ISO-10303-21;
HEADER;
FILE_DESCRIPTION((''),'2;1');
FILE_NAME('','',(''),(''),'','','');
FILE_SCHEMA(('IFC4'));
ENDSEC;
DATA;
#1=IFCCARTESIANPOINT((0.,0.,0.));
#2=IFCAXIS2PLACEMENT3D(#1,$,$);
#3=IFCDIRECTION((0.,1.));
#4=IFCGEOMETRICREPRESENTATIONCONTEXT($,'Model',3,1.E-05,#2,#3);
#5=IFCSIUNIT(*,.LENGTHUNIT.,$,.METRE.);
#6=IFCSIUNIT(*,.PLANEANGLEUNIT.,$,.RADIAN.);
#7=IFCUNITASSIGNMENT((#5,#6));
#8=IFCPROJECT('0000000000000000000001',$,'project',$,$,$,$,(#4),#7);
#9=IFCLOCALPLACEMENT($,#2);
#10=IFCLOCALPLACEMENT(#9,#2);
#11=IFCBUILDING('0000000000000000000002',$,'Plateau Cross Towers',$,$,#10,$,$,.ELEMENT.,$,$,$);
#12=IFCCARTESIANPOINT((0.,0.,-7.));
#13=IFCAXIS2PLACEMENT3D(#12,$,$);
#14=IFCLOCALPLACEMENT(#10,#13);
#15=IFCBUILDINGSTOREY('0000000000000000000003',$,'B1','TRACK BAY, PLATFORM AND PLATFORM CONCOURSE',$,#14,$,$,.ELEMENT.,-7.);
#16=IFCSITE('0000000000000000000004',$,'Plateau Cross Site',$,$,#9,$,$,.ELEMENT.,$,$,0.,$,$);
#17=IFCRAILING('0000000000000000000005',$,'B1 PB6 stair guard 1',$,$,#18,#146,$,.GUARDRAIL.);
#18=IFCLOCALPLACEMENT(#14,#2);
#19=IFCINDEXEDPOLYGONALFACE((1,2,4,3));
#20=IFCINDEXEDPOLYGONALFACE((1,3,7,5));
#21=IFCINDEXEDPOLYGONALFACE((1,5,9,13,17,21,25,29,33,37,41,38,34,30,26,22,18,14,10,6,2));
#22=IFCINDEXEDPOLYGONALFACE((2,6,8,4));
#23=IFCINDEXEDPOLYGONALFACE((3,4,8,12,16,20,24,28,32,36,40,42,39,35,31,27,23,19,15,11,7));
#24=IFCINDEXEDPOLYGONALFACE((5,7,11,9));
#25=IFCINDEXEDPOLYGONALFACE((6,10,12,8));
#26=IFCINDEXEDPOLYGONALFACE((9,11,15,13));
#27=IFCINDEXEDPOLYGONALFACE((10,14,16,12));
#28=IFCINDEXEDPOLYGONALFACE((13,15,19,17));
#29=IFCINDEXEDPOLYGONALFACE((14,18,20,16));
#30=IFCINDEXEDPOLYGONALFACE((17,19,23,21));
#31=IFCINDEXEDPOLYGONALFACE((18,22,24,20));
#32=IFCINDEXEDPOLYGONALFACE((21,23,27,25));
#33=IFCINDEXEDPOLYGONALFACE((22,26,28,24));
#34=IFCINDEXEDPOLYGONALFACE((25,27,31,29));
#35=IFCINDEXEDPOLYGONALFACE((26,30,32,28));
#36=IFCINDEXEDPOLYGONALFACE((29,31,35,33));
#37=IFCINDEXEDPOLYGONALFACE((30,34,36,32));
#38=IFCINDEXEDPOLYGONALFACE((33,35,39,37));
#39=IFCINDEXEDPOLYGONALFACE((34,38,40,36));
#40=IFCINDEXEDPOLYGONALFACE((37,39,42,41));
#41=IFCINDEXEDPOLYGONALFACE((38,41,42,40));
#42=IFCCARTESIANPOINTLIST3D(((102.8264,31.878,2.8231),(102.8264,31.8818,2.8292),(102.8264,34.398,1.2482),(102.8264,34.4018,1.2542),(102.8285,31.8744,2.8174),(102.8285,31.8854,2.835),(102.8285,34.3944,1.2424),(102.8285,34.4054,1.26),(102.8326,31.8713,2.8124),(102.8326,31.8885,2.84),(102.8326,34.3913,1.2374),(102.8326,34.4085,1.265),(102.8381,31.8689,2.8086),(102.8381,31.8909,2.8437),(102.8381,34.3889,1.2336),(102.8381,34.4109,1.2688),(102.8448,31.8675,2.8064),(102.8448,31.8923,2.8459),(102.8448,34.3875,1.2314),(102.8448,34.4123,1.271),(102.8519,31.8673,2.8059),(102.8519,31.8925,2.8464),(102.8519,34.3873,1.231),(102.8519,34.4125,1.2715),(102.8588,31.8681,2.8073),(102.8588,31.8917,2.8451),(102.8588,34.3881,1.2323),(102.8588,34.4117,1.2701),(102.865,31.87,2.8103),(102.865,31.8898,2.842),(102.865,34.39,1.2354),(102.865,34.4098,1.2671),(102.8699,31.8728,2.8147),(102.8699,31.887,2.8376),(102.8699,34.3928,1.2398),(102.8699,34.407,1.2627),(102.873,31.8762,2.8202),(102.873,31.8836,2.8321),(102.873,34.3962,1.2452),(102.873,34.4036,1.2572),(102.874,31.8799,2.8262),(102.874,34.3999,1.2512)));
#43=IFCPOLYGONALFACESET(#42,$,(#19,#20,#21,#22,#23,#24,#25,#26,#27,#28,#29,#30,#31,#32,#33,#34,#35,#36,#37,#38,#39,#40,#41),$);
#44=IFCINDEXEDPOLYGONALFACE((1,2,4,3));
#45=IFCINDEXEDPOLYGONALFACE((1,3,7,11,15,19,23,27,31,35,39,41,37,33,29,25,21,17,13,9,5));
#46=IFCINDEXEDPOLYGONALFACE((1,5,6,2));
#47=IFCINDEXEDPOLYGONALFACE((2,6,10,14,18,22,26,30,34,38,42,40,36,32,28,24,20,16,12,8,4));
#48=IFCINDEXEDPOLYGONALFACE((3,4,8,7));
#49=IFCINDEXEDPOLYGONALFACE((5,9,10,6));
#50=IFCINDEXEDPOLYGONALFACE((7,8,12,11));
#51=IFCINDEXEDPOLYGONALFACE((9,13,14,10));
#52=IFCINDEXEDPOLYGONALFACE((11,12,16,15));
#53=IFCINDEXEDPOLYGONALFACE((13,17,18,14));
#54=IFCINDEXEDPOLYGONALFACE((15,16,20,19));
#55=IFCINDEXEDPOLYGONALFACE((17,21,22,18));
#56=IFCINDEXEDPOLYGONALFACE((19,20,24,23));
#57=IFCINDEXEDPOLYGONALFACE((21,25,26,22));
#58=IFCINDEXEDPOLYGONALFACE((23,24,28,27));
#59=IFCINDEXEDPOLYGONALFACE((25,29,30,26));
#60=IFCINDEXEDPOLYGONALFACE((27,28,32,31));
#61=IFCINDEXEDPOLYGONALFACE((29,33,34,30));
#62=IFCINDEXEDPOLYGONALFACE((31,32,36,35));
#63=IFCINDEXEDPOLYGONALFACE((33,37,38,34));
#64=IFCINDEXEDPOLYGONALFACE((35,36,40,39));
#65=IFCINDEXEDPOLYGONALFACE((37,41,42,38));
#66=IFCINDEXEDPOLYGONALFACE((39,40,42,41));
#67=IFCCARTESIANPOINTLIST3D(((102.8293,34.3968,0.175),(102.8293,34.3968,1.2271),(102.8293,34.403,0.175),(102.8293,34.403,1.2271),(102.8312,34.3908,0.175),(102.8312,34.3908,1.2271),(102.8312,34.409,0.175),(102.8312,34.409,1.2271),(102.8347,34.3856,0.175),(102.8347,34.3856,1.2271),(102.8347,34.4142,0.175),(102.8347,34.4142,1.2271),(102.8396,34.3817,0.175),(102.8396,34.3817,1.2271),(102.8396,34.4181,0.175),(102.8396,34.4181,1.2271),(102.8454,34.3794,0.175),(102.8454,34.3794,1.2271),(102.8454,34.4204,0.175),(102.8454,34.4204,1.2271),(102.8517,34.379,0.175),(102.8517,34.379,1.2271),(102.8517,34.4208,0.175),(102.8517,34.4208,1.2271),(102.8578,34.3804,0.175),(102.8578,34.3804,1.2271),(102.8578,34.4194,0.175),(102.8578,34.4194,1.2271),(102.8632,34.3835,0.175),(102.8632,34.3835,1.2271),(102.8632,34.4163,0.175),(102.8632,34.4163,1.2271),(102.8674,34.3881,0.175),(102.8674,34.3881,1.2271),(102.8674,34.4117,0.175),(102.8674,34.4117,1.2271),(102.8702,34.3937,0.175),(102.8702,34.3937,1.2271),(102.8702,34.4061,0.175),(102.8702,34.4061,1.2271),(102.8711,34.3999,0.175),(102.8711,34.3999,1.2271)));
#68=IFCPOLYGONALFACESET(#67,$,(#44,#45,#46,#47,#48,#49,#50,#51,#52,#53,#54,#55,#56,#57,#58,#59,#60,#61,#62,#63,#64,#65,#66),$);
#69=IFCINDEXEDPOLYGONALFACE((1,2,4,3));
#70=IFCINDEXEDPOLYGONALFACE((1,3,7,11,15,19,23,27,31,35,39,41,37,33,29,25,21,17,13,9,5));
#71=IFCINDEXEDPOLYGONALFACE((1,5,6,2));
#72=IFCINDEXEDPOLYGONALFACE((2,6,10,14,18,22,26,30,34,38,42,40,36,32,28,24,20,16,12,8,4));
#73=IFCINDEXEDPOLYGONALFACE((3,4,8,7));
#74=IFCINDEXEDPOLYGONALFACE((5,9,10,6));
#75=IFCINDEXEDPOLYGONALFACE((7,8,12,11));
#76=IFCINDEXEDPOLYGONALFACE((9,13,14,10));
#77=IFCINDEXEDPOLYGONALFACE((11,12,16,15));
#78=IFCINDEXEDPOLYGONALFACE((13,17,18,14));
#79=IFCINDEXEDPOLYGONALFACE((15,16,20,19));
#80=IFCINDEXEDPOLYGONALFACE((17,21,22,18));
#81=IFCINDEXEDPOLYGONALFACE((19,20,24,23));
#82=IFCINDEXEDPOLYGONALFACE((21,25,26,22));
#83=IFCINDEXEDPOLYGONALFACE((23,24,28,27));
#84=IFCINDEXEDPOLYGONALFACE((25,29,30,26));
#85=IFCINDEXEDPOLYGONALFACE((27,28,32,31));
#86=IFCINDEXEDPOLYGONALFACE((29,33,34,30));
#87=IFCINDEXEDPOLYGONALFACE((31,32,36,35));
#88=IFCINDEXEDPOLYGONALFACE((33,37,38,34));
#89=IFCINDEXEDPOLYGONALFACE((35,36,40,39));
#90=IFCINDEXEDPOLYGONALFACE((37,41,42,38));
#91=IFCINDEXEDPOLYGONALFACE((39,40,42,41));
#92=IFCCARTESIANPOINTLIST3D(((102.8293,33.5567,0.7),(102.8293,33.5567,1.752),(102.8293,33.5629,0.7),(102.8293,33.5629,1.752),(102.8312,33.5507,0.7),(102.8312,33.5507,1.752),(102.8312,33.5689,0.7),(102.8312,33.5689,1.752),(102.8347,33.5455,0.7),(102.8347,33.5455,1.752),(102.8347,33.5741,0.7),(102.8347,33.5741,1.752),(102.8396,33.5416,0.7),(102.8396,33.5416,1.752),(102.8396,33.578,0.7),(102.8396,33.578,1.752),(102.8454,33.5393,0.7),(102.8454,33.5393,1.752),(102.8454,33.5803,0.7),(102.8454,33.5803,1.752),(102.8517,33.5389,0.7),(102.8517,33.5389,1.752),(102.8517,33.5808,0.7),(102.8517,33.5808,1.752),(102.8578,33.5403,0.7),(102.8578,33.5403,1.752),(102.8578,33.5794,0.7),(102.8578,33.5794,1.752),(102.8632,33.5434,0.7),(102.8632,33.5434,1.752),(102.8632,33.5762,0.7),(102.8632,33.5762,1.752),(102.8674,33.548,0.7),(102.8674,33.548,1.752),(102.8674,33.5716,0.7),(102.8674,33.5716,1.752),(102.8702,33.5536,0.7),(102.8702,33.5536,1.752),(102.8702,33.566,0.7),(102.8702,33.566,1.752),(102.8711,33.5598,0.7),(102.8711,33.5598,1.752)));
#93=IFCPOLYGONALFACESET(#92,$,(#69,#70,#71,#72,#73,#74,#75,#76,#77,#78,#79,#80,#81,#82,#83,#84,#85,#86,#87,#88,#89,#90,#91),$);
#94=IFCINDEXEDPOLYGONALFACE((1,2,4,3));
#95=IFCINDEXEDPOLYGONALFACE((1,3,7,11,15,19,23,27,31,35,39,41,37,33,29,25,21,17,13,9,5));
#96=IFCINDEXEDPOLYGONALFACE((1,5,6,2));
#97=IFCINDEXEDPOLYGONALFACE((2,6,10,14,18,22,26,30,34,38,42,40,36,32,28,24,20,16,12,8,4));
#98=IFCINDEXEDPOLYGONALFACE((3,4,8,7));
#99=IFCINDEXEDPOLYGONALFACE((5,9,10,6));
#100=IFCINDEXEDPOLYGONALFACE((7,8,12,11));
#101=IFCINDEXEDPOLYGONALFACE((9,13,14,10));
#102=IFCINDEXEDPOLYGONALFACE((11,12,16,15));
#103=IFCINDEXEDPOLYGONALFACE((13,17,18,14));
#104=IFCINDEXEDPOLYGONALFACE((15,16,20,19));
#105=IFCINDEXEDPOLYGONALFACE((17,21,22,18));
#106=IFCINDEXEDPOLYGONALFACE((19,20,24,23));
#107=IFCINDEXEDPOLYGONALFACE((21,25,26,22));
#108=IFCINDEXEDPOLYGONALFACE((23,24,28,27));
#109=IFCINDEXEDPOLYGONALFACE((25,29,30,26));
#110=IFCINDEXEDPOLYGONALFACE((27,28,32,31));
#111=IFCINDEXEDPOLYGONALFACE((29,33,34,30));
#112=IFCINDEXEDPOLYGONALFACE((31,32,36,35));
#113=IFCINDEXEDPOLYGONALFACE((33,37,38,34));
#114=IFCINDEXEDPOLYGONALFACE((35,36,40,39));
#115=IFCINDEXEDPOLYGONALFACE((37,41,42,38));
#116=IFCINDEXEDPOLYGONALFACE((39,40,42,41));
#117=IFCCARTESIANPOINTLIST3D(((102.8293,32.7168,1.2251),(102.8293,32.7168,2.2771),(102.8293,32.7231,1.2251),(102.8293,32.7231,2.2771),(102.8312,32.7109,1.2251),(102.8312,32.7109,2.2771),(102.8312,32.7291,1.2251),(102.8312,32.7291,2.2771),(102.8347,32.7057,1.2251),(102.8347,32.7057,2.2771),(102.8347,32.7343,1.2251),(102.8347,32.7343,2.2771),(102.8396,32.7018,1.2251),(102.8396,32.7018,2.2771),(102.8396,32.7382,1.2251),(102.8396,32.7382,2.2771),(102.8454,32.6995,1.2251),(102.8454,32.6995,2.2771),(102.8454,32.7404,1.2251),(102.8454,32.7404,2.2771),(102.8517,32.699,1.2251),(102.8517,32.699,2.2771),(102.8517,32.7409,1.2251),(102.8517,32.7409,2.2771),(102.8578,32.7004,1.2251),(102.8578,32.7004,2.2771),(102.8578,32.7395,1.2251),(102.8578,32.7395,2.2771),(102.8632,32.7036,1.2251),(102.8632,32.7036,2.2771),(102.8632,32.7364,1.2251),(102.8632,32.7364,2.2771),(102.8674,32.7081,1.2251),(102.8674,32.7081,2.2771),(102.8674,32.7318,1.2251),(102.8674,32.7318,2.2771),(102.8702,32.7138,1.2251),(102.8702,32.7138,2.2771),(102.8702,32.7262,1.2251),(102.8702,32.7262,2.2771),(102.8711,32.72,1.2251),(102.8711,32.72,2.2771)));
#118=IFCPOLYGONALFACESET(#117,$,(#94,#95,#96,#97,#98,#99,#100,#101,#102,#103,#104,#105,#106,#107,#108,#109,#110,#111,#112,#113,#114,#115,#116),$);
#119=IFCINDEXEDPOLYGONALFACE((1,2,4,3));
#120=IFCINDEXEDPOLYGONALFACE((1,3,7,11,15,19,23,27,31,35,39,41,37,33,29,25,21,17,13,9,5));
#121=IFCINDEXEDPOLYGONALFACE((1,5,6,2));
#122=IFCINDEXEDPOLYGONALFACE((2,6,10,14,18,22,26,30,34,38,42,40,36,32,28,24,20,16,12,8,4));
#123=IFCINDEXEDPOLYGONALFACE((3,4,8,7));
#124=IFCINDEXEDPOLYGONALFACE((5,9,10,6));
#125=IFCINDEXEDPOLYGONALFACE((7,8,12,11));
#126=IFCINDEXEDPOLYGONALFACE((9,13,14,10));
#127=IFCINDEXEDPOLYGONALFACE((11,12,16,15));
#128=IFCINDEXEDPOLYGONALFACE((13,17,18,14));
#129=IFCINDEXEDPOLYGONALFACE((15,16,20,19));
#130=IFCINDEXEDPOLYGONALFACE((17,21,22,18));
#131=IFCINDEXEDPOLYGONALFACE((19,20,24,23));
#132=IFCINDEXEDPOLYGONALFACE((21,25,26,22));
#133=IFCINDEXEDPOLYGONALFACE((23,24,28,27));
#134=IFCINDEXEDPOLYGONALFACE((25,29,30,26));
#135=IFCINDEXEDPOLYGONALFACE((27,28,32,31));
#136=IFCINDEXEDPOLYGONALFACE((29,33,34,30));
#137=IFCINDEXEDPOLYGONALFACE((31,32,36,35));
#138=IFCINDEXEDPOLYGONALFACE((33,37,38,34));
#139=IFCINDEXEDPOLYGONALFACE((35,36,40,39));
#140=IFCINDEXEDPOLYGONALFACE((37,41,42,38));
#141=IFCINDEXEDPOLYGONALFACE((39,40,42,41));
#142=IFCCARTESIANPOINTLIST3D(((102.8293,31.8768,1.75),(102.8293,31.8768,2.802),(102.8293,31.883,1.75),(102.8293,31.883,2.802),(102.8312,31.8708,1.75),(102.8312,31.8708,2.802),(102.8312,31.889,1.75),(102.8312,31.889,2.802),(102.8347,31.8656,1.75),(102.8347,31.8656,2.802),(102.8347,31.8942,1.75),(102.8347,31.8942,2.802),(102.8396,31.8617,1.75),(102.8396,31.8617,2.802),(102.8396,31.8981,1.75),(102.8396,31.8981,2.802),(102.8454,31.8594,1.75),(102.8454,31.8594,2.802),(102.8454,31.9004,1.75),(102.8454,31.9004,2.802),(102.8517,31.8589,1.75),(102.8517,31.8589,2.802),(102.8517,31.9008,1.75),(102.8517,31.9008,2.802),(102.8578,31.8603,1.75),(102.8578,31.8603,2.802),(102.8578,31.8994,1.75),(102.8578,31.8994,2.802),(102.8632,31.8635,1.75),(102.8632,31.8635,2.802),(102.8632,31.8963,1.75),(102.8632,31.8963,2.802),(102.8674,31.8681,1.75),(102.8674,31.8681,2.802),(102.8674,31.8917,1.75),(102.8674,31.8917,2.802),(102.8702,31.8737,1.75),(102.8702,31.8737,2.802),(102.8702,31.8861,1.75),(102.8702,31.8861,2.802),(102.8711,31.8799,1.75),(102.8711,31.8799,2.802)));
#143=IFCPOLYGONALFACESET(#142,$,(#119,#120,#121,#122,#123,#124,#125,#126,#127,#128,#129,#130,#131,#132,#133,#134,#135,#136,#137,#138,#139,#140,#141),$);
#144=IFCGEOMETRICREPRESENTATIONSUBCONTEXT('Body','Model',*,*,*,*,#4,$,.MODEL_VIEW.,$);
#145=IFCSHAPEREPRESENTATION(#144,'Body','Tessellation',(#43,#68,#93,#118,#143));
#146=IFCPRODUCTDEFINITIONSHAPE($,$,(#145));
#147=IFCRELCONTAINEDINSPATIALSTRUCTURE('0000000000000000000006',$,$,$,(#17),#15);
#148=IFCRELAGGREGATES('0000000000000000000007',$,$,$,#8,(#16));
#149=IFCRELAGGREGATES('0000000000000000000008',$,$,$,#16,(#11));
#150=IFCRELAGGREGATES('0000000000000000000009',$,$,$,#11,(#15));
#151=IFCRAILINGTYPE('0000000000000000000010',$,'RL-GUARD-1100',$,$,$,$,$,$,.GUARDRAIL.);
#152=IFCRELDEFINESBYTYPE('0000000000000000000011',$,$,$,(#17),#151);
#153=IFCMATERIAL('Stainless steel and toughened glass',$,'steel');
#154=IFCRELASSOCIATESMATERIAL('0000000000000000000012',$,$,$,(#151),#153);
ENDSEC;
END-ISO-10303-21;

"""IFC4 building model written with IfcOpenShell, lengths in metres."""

from ifc_helpers import new_model, si_unit, direction, frame, origin, origin_2d, place, context, subcontext, project, spatial, circle, extrude, material, type_object, element, save


model = new_model("IFC4")

# Units and contexts
model_context = context("Model", 3, precision=1e-05, world=origin(), true_north=direction((0.0, 1.0)))
body_context = subcontext(model_context, "Body", "Model", "MODEL_VIEW")
ifc_project = project(units=[si_unit("LENGTHUNIT", "METRE"), si_unit("PLANEANGLEUNIT", "RADIAN")], contexts=[model_context])

# Site, building, storey
site_placement = place(None, origin())
site = spatial("IfcSite", under=ifc_project, at=site_placement, Name="Plateau Cross Site", CompositionType="ELEMENT", RefElevation=0.0)
building_placement = place(site_placement, origin())
building = spatial("IfcBuilding", under=site, at=building_placement, Name="Plateau Cross Towers", CompositionType="ELEMENT")
storey_placement = place(building_placement, frame((0.0, 0.0, -7.0)))
storey = spatial("IfcBuildingStorey", under=building, at=storey_placement, Name="B1", Description="TRACK BAY, PLATFORM AND PLATFORM CONCOURSE", CompositionType="ELEMENT", Elevation=-7.0)

# Railing
ifc_material_1 = material(Name="Stainless steel and toughened glass", Category="steel")
railing_type_1 = type_object("IfcRailingType", Name="RL-GUARD-1100", PredefinedType="GUARDRAIL", material=ifc_material_1)
railing_1_placement = place(storey_placement, frame((102.8501, 34.3999, 0.175)))
element("IfcRailing", 1, at=railing_1_placement, inside=storey, type_object=railing_type_1, Name="B1 PB6 stair guard 1", PredefinedType="GUARDRAIL", context=body_context, shape_type="SweptSolid", body=[
    extrude(circle(Radius=0.0239, at=origin_2d()), frame((0.0, 0.0, 1.0762), z_axis=(0.0, -0.848008, 0.529984), x_axis=(1.0, 0.0, 0.0)), (0.0, 0.0, 1.0), 2.9717),
    extrude(circle(Radius=0.021, at=origin_2d()), origin(), (0.0, 0.0, 1.0), 1.052),
    extrude(circle(Radius=0.021, at=origin_2d()), frame((0.0, -0.8401, 0.5249)), (0.0, 0.0, 1.0), 1.052),
    extrude(circle(Radius=0.021, at=origin_2d()), frame((0.0, -1.6799, 1.05)), (0.0, 0.0, 1.0), 1.052),
    extrude(circle(Radius=0.021, at=origin_2d()), frame((0.0, -2.52, 1.575)), (0.0, 0.0, 1.0), 1.052),
])

save(model, "model.ifc")
